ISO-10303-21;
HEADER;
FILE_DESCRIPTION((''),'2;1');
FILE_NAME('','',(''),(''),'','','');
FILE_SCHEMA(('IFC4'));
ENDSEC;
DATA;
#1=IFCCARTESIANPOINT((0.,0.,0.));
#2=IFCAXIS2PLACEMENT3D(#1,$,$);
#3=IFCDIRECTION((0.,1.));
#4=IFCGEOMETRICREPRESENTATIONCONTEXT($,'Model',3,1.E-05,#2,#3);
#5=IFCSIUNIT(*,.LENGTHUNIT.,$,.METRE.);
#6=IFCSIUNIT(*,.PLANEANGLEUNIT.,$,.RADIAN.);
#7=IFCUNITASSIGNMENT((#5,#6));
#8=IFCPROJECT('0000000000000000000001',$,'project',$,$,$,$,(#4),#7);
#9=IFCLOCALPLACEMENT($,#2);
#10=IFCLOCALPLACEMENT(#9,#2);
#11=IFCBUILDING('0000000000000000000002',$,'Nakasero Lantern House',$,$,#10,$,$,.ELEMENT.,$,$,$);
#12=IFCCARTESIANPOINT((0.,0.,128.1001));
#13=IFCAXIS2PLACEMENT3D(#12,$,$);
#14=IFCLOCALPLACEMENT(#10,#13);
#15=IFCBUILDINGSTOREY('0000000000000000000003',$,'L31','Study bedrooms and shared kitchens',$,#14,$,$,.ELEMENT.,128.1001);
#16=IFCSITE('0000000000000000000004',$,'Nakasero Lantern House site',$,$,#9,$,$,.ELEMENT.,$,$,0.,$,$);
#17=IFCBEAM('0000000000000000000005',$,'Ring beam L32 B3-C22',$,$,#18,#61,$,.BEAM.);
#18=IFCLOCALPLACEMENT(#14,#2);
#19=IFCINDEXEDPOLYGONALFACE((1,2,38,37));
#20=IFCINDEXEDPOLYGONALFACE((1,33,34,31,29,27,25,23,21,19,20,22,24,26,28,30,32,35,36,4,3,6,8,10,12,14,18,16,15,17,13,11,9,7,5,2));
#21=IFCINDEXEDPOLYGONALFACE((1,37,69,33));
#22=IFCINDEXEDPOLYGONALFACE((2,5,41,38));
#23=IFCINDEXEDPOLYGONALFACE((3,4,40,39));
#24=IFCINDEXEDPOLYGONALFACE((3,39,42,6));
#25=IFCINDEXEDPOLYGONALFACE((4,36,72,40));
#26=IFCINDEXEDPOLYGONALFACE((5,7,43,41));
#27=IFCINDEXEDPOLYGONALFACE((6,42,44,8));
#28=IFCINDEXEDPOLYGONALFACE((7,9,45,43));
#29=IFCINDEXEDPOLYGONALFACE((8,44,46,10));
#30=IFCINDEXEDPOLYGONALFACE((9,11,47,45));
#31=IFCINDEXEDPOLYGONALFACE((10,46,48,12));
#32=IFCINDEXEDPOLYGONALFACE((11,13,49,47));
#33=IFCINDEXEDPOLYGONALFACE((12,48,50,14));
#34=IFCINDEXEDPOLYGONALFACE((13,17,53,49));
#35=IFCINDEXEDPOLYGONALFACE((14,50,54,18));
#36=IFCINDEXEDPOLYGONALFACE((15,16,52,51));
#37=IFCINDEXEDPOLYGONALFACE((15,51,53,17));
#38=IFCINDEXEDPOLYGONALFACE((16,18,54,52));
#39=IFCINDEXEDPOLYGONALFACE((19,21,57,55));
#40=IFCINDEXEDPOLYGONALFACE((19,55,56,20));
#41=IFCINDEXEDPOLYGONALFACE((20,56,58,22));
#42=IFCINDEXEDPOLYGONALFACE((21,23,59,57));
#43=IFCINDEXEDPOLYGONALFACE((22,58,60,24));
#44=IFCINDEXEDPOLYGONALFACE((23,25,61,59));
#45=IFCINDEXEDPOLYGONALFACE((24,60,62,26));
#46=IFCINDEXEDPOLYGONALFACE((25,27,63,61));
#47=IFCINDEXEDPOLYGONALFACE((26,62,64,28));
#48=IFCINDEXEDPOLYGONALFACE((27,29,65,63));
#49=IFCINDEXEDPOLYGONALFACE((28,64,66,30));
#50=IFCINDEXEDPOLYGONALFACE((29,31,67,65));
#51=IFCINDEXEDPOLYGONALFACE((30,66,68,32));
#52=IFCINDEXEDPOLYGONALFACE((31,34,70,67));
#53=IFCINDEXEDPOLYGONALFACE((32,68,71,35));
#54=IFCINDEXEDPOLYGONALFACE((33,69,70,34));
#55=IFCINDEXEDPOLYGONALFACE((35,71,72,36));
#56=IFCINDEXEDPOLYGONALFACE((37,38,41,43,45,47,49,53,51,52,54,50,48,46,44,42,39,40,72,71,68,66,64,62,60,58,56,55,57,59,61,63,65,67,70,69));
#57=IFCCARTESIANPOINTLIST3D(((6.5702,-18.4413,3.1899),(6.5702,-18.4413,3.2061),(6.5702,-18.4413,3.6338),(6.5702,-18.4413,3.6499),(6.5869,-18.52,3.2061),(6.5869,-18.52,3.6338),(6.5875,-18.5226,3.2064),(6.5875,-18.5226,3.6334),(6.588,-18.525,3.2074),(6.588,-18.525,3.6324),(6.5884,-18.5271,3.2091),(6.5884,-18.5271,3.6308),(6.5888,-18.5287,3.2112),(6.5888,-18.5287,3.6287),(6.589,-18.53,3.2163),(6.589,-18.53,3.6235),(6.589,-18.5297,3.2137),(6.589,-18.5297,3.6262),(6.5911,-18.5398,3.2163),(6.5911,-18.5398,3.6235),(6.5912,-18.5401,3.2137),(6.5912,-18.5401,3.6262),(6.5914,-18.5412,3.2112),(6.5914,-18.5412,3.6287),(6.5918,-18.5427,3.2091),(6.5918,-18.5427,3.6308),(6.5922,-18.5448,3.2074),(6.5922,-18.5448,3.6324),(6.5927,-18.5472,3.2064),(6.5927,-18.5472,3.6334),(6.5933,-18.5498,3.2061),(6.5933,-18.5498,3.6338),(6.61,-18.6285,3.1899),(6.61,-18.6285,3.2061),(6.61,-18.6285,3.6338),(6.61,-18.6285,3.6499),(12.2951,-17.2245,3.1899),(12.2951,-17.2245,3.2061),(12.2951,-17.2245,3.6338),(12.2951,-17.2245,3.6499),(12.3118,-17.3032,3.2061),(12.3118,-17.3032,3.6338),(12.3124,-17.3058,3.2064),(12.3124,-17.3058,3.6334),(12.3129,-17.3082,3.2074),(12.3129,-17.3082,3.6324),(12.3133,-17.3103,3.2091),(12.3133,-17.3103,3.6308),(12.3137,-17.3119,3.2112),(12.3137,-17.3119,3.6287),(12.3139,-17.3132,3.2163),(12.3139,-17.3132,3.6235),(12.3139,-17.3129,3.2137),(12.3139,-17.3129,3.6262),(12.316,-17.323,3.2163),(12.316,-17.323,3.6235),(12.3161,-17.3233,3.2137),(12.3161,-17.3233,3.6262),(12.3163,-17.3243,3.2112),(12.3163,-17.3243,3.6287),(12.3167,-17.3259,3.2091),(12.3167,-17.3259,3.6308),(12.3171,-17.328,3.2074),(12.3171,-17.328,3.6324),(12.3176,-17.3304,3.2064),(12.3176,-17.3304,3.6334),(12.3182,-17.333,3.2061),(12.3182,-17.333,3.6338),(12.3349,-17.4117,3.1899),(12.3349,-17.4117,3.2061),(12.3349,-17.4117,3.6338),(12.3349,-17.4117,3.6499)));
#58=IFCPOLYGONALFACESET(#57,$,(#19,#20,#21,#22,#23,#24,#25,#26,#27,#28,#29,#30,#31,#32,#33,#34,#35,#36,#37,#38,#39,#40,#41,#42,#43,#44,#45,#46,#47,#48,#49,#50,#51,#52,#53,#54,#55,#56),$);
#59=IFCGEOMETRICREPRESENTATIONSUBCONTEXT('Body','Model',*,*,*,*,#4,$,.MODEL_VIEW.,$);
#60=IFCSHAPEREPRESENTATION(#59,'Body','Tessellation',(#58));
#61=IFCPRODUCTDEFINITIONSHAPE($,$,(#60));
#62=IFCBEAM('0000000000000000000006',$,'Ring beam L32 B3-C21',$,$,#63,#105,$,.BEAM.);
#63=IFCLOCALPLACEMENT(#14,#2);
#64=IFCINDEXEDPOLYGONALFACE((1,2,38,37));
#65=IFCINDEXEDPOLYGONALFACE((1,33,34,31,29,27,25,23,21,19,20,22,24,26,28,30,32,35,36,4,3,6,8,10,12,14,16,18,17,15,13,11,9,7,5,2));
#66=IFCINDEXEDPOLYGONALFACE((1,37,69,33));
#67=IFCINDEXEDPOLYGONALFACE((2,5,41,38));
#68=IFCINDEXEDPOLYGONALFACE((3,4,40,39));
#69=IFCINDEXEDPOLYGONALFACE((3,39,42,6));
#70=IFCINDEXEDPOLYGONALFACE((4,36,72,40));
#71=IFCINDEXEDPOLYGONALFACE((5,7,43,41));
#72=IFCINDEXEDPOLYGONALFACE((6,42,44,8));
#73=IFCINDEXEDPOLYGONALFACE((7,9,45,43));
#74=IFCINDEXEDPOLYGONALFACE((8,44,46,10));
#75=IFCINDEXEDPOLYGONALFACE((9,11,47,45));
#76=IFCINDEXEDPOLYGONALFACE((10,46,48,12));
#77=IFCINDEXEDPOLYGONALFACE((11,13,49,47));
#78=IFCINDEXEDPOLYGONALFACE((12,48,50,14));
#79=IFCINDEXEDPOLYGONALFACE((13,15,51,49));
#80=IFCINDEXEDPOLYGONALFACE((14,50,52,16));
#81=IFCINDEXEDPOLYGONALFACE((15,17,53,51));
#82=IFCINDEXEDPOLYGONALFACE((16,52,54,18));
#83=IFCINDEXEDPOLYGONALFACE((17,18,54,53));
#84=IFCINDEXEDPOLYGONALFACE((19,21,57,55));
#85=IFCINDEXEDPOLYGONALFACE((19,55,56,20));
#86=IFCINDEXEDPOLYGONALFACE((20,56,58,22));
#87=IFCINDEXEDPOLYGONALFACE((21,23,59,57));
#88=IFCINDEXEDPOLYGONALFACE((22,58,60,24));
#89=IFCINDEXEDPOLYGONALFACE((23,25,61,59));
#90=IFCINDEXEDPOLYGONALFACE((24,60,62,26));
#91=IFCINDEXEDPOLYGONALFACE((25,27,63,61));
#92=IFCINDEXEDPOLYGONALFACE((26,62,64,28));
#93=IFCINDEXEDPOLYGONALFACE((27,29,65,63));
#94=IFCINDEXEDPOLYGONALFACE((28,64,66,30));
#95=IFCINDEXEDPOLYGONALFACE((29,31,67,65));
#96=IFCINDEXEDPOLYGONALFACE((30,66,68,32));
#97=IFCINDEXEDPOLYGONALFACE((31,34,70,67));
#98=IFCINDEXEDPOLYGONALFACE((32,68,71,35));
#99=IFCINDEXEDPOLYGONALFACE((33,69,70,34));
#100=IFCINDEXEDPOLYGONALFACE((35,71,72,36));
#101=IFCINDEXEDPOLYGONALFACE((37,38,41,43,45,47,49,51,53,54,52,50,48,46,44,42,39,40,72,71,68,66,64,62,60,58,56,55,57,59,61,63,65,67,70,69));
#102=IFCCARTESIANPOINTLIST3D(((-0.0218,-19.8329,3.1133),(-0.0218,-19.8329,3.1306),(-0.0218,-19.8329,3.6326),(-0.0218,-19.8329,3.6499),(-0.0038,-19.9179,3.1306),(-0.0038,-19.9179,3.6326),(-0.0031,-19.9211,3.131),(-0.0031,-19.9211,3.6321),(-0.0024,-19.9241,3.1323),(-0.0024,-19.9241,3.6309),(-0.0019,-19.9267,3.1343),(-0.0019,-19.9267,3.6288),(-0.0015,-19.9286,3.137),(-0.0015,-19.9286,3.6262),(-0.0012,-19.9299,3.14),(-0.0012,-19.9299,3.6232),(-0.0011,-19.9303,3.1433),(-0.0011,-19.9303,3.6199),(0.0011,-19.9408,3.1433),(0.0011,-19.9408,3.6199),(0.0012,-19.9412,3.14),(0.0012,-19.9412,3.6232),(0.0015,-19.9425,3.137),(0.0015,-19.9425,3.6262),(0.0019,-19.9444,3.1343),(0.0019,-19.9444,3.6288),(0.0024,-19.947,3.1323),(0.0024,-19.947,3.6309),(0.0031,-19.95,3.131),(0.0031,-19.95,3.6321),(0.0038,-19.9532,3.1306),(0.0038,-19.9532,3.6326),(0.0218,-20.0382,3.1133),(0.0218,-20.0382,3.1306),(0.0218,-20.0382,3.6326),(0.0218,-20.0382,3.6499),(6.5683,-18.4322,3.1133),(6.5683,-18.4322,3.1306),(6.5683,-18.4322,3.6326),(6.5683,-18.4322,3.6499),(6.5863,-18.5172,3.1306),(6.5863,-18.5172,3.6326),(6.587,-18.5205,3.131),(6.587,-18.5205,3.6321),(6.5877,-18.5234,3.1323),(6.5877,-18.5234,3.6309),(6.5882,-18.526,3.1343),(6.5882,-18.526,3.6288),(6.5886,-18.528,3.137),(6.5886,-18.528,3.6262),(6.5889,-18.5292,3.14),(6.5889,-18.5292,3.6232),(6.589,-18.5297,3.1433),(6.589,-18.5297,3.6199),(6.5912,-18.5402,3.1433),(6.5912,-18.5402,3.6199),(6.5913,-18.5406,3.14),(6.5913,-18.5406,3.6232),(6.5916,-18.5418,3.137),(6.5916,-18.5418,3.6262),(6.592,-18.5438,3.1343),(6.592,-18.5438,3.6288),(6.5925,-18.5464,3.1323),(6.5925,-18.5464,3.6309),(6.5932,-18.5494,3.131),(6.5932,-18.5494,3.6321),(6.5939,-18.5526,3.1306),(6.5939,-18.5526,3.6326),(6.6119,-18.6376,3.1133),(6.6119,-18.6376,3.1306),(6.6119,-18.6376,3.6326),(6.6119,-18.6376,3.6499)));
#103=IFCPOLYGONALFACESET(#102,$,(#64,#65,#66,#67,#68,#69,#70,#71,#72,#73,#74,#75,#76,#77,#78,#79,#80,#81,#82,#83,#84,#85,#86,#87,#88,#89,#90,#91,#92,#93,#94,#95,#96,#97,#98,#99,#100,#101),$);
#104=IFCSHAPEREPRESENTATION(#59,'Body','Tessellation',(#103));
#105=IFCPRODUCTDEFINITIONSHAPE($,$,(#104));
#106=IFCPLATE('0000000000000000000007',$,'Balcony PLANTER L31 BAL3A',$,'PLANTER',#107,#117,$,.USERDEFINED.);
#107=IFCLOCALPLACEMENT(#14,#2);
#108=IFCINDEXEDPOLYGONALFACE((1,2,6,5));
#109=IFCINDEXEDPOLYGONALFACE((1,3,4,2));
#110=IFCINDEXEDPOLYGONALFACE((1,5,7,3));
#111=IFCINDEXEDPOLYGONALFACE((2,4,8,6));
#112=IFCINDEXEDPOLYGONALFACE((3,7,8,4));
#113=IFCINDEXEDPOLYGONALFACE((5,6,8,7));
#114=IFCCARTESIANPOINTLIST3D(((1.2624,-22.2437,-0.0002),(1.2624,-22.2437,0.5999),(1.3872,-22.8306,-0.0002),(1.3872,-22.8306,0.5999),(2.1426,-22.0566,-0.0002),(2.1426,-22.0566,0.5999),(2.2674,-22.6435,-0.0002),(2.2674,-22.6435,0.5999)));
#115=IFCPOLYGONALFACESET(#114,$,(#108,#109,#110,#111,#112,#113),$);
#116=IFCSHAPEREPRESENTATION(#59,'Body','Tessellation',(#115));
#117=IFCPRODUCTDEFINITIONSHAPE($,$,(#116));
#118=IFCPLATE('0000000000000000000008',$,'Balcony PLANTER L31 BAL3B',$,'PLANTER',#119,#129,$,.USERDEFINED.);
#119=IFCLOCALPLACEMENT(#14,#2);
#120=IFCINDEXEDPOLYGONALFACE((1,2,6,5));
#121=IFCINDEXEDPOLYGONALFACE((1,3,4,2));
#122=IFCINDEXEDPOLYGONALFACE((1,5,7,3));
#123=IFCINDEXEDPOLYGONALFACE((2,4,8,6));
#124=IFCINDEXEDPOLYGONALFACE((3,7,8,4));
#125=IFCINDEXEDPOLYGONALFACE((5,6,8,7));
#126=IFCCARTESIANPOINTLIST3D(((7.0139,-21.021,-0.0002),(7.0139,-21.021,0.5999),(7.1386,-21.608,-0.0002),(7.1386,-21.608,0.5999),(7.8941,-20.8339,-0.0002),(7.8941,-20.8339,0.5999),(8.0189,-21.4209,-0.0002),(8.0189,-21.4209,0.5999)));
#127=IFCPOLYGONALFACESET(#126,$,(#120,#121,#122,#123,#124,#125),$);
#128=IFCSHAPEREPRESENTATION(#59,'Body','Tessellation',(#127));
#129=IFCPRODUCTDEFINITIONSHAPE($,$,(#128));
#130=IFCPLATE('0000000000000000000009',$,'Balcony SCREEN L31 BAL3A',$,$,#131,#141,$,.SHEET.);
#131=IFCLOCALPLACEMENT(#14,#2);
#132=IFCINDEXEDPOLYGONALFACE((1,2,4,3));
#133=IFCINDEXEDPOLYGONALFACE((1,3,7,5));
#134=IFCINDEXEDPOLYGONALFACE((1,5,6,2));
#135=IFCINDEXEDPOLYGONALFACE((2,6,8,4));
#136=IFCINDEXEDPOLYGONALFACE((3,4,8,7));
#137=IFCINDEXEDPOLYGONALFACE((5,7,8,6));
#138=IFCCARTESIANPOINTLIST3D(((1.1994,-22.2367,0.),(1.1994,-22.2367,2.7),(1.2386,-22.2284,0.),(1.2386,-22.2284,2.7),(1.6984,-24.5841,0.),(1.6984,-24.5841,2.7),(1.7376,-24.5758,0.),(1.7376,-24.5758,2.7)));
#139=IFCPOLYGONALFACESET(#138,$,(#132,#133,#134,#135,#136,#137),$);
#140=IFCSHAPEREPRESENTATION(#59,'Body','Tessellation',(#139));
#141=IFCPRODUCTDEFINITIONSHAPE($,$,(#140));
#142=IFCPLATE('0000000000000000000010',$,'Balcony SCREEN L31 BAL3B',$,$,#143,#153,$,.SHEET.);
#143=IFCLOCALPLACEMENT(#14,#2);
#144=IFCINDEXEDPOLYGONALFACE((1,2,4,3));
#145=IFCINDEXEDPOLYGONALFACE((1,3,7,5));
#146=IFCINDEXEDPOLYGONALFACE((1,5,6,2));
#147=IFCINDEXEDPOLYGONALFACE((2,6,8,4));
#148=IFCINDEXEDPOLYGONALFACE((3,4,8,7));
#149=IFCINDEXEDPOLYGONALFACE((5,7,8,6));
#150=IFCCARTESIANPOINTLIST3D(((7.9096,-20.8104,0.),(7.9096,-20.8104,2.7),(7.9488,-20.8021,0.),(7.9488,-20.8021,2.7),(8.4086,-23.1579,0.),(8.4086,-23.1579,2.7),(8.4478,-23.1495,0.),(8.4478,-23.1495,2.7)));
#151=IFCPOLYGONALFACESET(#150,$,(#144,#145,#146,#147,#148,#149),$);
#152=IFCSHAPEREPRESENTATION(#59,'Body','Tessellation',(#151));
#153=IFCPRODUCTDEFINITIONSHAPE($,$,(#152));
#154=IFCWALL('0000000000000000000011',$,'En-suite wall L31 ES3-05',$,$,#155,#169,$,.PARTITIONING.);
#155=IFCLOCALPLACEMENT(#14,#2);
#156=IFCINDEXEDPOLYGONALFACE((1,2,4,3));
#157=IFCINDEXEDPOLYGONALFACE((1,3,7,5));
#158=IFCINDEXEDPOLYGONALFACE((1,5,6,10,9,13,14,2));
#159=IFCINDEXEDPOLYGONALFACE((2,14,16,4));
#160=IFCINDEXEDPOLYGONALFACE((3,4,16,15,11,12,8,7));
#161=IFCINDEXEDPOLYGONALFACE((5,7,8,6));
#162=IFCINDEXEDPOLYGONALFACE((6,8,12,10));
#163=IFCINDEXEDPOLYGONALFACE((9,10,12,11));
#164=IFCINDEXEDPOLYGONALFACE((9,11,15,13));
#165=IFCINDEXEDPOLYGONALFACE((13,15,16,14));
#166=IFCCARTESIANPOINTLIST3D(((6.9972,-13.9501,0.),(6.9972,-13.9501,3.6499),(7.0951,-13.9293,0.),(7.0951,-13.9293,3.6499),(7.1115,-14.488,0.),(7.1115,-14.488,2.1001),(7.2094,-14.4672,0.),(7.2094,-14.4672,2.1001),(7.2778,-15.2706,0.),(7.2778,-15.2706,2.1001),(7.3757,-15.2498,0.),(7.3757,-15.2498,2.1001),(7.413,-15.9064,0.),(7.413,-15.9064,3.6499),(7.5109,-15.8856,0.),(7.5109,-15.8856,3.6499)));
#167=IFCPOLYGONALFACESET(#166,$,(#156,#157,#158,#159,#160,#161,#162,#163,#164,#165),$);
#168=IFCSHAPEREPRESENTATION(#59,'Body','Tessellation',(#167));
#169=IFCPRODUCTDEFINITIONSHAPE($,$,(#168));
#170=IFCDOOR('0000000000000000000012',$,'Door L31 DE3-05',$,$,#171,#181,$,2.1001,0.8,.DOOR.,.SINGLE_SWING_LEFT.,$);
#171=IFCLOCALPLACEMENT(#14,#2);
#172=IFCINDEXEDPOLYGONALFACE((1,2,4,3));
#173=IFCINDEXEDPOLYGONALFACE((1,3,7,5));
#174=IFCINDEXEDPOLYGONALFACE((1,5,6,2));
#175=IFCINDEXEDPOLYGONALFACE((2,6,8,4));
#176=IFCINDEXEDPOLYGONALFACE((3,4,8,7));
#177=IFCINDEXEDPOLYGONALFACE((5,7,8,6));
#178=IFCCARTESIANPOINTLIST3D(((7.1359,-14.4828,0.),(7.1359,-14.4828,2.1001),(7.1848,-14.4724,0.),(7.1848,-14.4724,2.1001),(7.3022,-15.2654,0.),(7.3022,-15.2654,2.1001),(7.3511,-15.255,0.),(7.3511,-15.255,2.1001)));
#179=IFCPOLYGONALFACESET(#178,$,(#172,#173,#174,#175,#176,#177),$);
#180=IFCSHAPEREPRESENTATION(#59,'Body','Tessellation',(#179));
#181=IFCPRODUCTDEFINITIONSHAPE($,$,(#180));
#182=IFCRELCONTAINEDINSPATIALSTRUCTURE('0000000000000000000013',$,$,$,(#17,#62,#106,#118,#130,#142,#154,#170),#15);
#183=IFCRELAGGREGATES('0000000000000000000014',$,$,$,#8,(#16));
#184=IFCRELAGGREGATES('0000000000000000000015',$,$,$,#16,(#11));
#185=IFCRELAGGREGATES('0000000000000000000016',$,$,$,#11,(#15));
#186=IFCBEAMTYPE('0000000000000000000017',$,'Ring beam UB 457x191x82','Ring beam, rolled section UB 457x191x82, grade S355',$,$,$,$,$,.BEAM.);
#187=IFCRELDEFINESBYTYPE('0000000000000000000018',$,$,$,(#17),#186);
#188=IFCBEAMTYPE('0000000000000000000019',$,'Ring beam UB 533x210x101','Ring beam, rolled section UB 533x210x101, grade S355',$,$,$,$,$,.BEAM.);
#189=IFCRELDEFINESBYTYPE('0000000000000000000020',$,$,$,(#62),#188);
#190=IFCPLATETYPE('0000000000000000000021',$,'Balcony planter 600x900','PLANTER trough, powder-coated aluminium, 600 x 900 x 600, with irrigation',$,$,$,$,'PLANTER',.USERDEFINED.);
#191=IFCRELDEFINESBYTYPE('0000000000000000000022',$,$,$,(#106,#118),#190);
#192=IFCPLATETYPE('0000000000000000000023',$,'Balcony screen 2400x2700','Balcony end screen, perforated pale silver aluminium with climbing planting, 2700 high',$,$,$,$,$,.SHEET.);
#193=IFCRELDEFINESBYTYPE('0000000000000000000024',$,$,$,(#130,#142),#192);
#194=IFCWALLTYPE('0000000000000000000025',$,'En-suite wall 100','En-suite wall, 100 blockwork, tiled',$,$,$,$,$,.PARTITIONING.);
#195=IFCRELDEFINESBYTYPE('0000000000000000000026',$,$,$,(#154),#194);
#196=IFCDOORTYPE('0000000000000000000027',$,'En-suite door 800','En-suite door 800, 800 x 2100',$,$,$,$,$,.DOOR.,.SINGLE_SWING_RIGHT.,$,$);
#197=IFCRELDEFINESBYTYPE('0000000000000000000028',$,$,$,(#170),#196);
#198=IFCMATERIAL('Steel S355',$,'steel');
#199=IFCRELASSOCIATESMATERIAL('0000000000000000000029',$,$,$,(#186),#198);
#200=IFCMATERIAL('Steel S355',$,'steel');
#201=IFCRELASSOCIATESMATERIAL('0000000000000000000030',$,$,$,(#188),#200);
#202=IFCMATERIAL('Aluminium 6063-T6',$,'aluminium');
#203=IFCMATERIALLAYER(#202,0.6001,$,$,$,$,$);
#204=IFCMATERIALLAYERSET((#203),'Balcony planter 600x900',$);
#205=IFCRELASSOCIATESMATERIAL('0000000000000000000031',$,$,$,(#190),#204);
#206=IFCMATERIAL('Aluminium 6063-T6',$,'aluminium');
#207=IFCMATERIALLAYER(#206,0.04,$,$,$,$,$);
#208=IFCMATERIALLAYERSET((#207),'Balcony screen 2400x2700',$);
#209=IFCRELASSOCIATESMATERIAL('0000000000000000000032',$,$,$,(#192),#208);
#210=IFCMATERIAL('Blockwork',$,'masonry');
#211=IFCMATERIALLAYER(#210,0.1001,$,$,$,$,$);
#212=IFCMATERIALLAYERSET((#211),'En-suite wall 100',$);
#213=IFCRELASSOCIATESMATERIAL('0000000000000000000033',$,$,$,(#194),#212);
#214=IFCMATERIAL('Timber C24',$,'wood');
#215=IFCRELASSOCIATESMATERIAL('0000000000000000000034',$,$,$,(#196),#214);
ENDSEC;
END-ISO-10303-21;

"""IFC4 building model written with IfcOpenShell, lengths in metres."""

from ifc_helpers import new_model, si_unit, direction, frame, frame_2d, origin, origin_2d, place, context, subcontext, project, spatial, rectangle, i_section, extrude, material, layer, layer_set, material_profile, profile_set, type_object, element, fill, save


model = new_model("IFC4")

# Units and contexts
model_context = context("Model", 3, precision=1e-05, world=origin(), true_north=direction((0.0, 1.0)))
body_context = subcontext(model_context, "Body", "Model", "MODEL_VIEW")
ifc_project = project(units=[si_unit("LENGTHUNIT", "METRE"), si_unit("PLANEANGLEUNIT", "RADIAN")], contexts=[model_context])

# Site, building, storey
site_placement = place(None, origin())
site = spatial("IfcSite", under=ifc_project, at=site_placement, Name="Nakasero Lantern House site", CompositionType="ELEMENT", RefElevation=0.0)
building_placement = place(site_placement, origin())
building = spatial("IfcBuilding", under=site, at=building_placement, Name="Nakasero Lantern House", CompositionType="ELEMENT")
storey_placement = place(building_placement, frame((0.0, 0.0, 128.1001)))
storey = spatial("IfcBuildingStorey", under=building, at=storey_placement, Name="L31", Description="Study bedrooms and shared kitchens", CompositionType="ELEMENT", Elevation=128.1001)

# Beams
ifc_material_1 = material(Name="Steel S355", Category="steel")
ifc_material_profile_1 = material_profile(ifc_material_1, i_section(OverallWidth=0.1914, OverallDepth=0.46, WebThickness=0.01, FlangeThickness=0.0161, FilletRadius=0.0103, at=origin_2d()), Name="UB 457x191x82")
ifc_profile_set_1 = profile_set([ifc_material_profile_1], Name="Steel S355")
beam_type_1 = type_object("IfcBeamType", Name="Ring beam UB 457x191x82", Description="Ring beam, rolled section UB 457x191x82, grade S355", PredefinedType="BEAM", material=ifc_profile_set_1)
beam_1_placement = place(storey_placement, frame((6.5901, -18.5349, 3.4199), z_axis=(0.97815, 0.207902, 0.0), x_axis=(-0.207902, 0.97815, 0.0)))
element("IfcBeam", 1, at=beam_1_placement, inside=storey, type_object=beam_type_1, Name="Ring beam L32 B3-C22", PredefinedType="BEAM", context=body_context, shape_type="SweptSolid", body=[
    extrude(i_section(OverallWidth=0.1914, OverallDepth=0.46, WebThickness=0.01, FlangeThickness=0.0161, FilletRadius=0.0103, at=origin_2d()), origin(), (0.0, 0.0, 1.0), 5.8528),
])
ifc_material_2 = material(Name="Steel S355", Category="steel")
ifc_material_profile_2 = material_profile(ifc_material_2, i_section(OverallWidth=0.21, OverallDepth=0.5366, WebThickness=0.0107, FlangeThickness=0.0173, FilletRadius=0.0127, at=origin_2d()), Name="UB 533x210x101")
ifc_profile_set_2 = profile_set([ifc_material_profile_2], Name="Steel S355")
beam_type_2 = type_object("IfcBeamType", Name="Ring beam UB 533x210x101", Description="Ring beam, rolled section UB 533x210x101, grade S355", PredefinedType="BEAM", material=ifc_profile_set_2)
beam_2_placement = place(storey_placement, frame((0.0, -19.9355, 3.3816), z_axis=(0.978152, 0.207893, 0.0), x_axis=(-0.207893, 0.978152, 0.0)))
element("IfcBeam", 2, at=beam_2_placement, inside=storey, type_object=beam_type_2, Name="Ring beam L32 B3-C21", PredefinedType="BEAM", context=body_context, shape_type="SweptSolid", body=[
    extrude(i_section(OverallWidth=0.21, OverallDepth=0.5366, WebThickness=0.0107, FlangeThickness=0.0173, FilletRadius=0.0127, at=origin_2d()), origin(), (0.0, 0.0, 1.0), 6.7373),
])

# Plates
ifc_material_3 = material(Name="Aluminium 6063-T6", Category="aluminium")
ifc_layer_1 = layer(ifc_material_3, 0.6001)
ifc_layer_set_1 = layer_set([ifc_layer_1], Name="Balcony planter 600x900")
plate_type_1 = type_object("IfcPlateType", Name="Balcony planter 600x900", Description="PLANTER trough, powder-coated aluminium, 600 x 900 x 600, with irrigation", ElementType="PLANTER", PredefinedType="USERDEFINED", material=ifc_layer_set_1)
for number, where, z_axis, x_axis, name in (
    (3, (1.7649, -22.4436, -0.0002), (0.0, 0.0, 1.0), (0.207912, -0.978148, 0.0), "Balcony PLANTER L31 BAL3A"),
    (4, (7.5164, -21.2209, -0.0002), (0.0, 0.0, 1.0), (0.207912, -0.978148, 0.0), "Balcony PLANTER L31 BAL3B"),
):
    element("IfcPlate", number, at=place(storey_placement, frame(where, z_axis=z_axis, x_axis=x_axis)), inside=storey, type_object=plate_type_1, Name=name, ObjectType="PLANTER", PredefinedType="USERDEFINED", context=body_context, shape_type="SweptSolid", body=[
        extrude(rectangle(XDim=0.6001, YDim=0.8999, at=origin_2d()), origin(), (0.0, 0.0, 1.0), 0.6001),
    ])
ifc_material_4 = material(Name="Aluminium 6063-T6", Category="aluminium")
ifc_layer_2 = layer(ifc_material_4, 0.04)
ifc_layer_set_2 = layer_set([ifc_layer_2], Name="Balcony screen 2400x2700")
plate_type_2 = type_object("IfcPlateType", Name="Balcony screen 2400x2700", Description="Balcony end screen, perforated pale silver aluminium with climbing planting, 2700 high", PredefinedType="SHEET", material=ifc_layer_set_2)
for number, where, z_axis, x_axis, name in (
    (5, (1.4685, -23.4062, 0.0), (0.0, 0.0, 1.0), (0.207912, -0.978148, 0.0), "Balcony SCREEN L31 BAL3A"),
    (6, (8.1787, -21.98, 0.0), (0.0, 0.0, 1.0), (0.207912, -0.978148, 0.0), "Balcony SCREEN L31 BAL3B"),
):
    element("IfcPlate", number, at=place(storey_placement, frame(where, z_axis=z_axis, x_axis=x_axis)), inside=storey, type_object=plate_type_2, Name=name, PredefinedType="SHEET", context=body_context, shape_type="SweptSolid", body=[
        extrude(rectangle(XDim=2.3999, YDim=0.04, at=origin_2d()), origin(), (0.0, 0.0, 1.0), 2.7),
    ])

# Wall, opening, door
ifc_material_5 = material(Name="Blockwork", Category="masonry")
ifc_layer_3 = layer(ifc_material_5, 0.1001)
ifc_layer_set_3 = layer_set([ifc_layer_3], Name="En-suite wall 100")
wall_type_1 = type_object("IfcWallType", Name="En-suite wall 100", Description="En-suite wall, 100 blockwork, tiled", PredefinedType="PARTITIONING", material=ifc_layer_set_3)
wall_1_placement = place(storey_placement, frame((7.0461, -13.9397, 0.0), z_axis=(0.0, 0.0, 1.0), x_axis=(0.207886, -0.978153, 0.0)))
wall_1 = element("IfcWall", 7, at=wall_1_placement, inside=storey, type_object=wall_type_1, Name="En-suite wall L31 ES3-05", PredefinedType="PARTITIONING", context=body_context, shape_type="SweptSolid", body=[
    extrude(rectangle(XDim=2.0, YDim=0.1001, at=frame_2d((1.0, 0.0))), origin(), (0.0, 0.0, 1.0), 3.6499),
])
opening_1_placement = place(wall_1_placement, frame((0.55, 0.0, 0.0)))
opening_1 = element("IfcOpeningElement", 8, at=opening_1_placement, cuts=wall_1, PredefinedType="OPENING", context=body_context, shape_type="SweptSolid", body=[
    extrude(rectangle(XDim=0.8, YDim=2.1001, at=frame_2d((0.3999, 1.05))), frame((0.0, 0.0701, 0.0), z_axis=(0.0, -1.0, 0.0), x_axis=(1.0, 0.0, 0.0)), (0.0, 0.0, 1.0), 0.1401),
])
ifc_material_6 = material(Name="Timber C24", Category="wood")
door_type = type_object("IfcDoorType", Name="En-suite door 800", Description="En-suite door 800, 800 x 2100", OperationType="SINGLE_SWING_RIGHT", PredefinedType="DOOR", material=ifc_material_6)
door_1_placement = place(opening_1_placement, origin())
door_1 = element("IfcDoor", 9, at=door_1_placement, inside=storey, type_object=door_type, Name="Door L31 DE3-05", OperationType="SINGLE_SWING_LEFT", OverallHeight=2.1001, OverallWidth=0.8, PredefinedType="DOOR", context=body_context, shape_type="SweptSolid", body=[
    extrude(rectangle(XDim=0.8, YDim=2.1001, at=frame_2d((0.3999, 1.05))), frame((0.0, 0.0249, 0.0), z_axis=(0.0, -1.0, 0.0), x_axis=(1.0, 0.0, 0.0)), (0.0, 0.0, 1.0), 0.05),
])
fill(opening_1, door_1)

save(model, "model.ifc")
